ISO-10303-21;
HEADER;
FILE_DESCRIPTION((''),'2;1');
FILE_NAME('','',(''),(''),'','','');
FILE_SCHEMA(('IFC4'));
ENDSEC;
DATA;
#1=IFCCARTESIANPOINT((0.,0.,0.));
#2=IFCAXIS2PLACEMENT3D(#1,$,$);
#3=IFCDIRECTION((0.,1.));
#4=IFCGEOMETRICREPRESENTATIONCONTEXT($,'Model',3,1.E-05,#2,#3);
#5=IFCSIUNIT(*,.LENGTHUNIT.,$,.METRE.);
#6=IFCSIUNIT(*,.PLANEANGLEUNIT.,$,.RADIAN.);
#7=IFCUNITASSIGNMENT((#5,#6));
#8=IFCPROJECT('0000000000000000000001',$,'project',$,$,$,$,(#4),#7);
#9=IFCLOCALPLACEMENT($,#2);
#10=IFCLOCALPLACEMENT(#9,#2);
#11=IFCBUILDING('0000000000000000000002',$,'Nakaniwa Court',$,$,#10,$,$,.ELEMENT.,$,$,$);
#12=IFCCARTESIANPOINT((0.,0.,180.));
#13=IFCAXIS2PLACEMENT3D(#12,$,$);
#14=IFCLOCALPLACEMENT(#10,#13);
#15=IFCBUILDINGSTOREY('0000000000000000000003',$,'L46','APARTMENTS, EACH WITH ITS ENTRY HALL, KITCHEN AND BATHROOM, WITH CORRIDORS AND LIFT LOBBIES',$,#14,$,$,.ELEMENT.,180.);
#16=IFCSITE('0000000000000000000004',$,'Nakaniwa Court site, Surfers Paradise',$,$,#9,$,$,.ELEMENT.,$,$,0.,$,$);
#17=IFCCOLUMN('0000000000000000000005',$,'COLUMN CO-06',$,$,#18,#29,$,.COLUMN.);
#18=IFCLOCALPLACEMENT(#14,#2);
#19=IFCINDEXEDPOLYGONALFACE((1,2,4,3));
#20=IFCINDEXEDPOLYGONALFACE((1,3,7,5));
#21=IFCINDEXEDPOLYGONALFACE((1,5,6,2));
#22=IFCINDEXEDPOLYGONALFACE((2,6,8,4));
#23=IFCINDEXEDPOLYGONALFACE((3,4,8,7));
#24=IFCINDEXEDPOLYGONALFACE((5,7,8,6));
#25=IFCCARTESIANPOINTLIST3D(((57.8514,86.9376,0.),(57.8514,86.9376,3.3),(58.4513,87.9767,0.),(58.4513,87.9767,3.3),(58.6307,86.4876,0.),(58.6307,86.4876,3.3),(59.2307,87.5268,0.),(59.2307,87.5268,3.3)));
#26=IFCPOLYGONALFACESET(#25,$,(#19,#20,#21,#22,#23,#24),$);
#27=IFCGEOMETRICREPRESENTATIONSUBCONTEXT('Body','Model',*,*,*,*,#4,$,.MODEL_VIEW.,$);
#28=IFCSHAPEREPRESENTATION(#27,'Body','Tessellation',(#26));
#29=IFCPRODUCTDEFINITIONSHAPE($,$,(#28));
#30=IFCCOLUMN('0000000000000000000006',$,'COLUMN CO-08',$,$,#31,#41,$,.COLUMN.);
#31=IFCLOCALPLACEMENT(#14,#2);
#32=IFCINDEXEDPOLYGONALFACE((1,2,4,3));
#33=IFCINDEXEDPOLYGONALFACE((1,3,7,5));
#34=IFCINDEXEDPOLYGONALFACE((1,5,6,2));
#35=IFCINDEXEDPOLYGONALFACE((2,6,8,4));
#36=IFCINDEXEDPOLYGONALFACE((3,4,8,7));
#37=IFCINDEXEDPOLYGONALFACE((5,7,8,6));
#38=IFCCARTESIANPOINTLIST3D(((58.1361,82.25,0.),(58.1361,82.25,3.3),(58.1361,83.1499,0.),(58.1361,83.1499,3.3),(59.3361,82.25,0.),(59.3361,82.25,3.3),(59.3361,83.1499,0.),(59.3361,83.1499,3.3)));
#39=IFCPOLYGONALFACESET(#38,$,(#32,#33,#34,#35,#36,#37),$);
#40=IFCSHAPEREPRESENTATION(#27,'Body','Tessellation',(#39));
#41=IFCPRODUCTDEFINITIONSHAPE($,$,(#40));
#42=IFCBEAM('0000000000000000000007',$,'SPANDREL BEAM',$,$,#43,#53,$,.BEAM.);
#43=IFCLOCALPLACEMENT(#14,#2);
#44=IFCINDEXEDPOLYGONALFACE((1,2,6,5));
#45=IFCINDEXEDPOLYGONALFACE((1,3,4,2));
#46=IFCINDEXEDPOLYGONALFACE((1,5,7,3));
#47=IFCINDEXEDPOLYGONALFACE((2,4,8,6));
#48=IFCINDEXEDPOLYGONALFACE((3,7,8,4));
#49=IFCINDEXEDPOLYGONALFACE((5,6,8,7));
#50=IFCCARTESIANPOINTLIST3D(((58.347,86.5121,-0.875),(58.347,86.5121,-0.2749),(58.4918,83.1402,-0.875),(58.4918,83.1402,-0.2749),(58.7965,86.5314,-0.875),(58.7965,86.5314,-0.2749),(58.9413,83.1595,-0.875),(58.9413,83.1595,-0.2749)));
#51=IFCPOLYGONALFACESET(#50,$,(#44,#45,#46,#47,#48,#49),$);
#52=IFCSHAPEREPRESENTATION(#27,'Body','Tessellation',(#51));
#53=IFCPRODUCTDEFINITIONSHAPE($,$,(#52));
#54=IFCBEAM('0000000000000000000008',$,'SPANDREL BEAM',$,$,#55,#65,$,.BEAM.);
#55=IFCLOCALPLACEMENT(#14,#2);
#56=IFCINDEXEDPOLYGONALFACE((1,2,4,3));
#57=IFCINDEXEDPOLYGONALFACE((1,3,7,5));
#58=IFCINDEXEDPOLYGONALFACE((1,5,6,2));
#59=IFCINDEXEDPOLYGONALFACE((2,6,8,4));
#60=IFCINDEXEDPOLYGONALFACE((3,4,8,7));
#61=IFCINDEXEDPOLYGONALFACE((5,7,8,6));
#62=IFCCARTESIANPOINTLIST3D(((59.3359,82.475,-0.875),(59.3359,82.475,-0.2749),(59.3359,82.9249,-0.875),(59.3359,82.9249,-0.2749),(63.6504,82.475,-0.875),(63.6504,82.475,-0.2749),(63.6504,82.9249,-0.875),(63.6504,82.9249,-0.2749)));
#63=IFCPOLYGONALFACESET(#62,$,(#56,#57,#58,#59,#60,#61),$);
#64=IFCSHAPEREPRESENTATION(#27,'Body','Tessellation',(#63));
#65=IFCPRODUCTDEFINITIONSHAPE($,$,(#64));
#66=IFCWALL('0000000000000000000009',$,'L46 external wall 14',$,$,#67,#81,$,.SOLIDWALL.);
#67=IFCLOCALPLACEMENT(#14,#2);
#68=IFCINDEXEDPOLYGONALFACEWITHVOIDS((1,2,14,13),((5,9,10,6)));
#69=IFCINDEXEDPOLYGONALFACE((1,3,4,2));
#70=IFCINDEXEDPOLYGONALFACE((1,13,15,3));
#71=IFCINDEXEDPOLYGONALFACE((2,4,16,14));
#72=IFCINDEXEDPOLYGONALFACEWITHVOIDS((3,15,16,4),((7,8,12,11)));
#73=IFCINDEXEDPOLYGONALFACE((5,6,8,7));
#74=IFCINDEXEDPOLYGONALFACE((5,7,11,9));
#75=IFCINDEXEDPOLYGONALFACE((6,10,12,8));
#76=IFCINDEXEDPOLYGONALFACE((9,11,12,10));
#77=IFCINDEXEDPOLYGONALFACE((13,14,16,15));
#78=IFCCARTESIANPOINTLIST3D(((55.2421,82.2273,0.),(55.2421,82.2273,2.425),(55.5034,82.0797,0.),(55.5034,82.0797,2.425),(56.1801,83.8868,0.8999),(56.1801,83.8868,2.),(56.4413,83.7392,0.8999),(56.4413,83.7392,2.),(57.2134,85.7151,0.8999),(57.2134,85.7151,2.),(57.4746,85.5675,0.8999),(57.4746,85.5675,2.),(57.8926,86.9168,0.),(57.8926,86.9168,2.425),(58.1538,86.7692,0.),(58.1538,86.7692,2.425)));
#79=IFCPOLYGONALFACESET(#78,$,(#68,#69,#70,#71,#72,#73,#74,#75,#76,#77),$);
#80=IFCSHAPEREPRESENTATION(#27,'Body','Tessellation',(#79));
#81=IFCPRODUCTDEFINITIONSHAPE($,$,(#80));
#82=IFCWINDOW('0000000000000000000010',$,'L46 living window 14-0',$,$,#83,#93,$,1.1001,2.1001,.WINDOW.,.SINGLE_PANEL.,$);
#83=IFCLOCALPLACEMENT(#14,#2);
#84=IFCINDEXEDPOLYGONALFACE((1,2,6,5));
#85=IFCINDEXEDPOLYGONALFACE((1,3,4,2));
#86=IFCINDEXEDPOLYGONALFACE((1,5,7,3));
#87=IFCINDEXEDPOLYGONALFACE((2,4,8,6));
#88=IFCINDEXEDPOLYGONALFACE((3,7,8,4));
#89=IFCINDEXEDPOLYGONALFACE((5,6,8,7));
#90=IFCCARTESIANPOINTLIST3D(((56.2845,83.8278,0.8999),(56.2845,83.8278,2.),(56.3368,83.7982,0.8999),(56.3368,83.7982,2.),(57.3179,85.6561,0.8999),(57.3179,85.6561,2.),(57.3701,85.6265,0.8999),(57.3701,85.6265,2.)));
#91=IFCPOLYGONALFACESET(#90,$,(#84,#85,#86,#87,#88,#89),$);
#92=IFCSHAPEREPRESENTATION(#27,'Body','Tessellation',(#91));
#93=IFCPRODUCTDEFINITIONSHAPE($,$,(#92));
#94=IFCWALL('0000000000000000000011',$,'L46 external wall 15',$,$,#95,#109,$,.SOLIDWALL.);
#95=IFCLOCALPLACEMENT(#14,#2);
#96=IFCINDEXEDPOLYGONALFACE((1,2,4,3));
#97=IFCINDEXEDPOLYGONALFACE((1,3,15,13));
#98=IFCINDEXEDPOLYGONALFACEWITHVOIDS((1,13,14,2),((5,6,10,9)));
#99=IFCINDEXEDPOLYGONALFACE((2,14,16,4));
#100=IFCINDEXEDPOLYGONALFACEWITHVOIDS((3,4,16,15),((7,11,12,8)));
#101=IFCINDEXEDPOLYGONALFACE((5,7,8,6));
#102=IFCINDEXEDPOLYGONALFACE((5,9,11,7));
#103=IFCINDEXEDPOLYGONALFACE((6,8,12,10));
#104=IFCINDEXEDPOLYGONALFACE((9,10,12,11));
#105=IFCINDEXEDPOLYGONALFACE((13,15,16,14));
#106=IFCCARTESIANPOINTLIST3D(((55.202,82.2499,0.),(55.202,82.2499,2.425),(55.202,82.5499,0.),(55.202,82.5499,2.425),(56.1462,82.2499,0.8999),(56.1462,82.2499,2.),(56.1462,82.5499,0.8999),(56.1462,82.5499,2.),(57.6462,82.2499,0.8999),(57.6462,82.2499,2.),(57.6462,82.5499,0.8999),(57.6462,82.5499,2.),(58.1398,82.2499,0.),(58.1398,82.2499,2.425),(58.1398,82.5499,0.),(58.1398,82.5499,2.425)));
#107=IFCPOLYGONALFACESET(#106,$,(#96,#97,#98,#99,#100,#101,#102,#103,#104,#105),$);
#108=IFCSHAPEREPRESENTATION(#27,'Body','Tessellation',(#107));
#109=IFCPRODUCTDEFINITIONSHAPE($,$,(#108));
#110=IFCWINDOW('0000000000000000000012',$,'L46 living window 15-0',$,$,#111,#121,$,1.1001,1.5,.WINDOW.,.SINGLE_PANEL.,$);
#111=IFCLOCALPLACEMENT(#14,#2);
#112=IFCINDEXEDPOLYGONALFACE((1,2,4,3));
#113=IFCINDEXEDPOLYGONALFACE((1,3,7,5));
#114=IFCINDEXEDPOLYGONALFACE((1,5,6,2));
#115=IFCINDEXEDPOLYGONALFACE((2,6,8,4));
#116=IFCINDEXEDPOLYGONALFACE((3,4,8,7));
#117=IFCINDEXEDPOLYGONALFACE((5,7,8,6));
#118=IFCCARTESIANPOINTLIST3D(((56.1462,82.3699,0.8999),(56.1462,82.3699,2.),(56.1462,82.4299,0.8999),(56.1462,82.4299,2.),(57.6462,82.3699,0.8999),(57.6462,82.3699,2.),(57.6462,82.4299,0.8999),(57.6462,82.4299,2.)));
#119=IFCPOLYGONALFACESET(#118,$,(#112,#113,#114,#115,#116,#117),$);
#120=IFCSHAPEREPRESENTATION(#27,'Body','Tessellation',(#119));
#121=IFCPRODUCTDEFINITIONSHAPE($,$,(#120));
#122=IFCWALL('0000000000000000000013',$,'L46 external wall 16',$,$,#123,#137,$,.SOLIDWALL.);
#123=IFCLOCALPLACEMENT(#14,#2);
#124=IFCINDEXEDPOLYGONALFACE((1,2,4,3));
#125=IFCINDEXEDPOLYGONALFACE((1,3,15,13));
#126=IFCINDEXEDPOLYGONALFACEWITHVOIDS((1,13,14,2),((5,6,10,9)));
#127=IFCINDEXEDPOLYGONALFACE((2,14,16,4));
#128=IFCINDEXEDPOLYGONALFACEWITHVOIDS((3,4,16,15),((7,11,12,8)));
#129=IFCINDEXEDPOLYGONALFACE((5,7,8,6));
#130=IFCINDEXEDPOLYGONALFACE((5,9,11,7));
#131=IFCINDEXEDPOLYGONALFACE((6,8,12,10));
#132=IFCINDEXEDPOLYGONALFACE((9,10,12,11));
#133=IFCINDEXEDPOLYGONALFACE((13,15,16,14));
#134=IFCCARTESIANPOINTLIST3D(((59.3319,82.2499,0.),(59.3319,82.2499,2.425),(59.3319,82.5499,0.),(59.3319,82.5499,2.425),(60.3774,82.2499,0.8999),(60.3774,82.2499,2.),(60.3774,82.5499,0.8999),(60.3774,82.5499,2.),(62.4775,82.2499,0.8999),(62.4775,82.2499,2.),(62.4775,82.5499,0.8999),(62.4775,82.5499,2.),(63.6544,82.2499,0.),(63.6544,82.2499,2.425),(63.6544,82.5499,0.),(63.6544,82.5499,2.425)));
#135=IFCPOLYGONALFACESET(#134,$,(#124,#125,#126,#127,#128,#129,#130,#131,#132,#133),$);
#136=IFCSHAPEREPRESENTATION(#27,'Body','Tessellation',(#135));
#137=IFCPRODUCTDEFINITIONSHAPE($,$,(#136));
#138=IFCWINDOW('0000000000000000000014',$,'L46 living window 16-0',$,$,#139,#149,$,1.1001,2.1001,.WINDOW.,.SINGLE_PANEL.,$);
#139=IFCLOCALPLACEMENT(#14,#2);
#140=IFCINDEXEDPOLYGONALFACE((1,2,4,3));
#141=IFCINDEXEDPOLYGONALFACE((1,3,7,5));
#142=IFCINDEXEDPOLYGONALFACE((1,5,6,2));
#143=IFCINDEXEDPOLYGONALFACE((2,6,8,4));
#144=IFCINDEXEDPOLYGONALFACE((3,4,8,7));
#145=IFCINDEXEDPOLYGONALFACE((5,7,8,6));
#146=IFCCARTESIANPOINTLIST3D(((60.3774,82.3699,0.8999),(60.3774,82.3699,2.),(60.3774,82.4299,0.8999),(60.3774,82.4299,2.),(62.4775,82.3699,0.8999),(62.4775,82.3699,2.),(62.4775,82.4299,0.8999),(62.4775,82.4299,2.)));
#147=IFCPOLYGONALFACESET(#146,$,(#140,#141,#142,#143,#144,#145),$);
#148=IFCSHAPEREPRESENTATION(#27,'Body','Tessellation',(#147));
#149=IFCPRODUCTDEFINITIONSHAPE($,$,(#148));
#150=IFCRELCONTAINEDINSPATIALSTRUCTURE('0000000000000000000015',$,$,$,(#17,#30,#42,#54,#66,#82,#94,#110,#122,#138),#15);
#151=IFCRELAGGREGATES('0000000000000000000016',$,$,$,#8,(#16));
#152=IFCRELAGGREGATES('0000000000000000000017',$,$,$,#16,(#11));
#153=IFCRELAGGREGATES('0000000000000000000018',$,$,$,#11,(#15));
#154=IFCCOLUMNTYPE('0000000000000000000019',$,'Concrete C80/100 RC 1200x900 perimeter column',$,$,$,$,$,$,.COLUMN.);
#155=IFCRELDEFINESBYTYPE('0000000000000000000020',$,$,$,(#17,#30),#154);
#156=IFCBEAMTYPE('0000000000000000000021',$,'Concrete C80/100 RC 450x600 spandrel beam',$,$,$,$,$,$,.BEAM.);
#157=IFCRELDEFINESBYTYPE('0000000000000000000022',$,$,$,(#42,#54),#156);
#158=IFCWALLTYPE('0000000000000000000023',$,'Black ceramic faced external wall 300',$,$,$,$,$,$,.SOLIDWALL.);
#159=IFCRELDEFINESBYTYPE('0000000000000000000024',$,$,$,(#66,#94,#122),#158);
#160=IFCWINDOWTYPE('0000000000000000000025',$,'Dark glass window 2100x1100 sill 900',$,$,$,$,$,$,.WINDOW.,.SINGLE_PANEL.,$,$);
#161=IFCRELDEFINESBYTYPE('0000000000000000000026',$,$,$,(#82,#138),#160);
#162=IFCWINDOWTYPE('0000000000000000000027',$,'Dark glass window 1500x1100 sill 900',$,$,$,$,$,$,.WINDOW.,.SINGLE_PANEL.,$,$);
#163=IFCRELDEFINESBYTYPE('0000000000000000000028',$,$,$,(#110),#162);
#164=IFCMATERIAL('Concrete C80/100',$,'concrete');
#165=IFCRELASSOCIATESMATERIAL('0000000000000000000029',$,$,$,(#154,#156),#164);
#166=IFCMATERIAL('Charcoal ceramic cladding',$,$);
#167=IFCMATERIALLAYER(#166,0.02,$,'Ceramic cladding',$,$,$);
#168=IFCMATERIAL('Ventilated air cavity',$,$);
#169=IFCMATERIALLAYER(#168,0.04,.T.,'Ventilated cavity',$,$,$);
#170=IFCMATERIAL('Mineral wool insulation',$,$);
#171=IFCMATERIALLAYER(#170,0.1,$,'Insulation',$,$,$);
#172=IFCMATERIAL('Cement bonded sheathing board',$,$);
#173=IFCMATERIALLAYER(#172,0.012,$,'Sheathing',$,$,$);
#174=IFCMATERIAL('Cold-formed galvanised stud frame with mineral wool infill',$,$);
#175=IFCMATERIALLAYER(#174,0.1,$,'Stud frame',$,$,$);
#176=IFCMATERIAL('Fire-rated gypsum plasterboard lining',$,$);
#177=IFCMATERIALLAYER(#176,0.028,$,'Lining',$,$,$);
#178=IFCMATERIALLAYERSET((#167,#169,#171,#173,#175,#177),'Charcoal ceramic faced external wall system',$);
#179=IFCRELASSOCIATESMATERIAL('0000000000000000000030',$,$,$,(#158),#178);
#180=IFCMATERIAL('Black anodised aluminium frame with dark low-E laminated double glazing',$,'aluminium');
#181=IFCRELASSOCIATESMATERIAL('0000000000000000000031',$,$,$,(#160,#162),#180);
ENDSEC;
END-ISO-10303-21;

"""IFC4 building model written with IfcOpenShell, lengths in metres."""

from ifc_helpers import new_model, si_unit, direction, frame, frame_2d, origin, origin_2d, place, context, subcontext, project, spatial, rectangle, extrude, material, layer, layer_set, material_profile, profile_set, type_object, element, fill, save


model = new_model("IFC4")

# Units and contexts
model_context = context("Model", 3, precision=1e-05, world=origin(), true_north=direction((0.0, 1.0)))
body_context = subcontext(model_context, "Body", "Model", "MODEL_VIEW")
ifc_project = project(units=[si_unit("LENGTHUNIT", "METRE"), si_unit("PLANEANGLEUNIT", "RADIAN")], contexts=[model_context])

# Site, building, storey
site_placement = place(None, origin())
site = spatial("IfcSite", under=ifc_project, at=site_placement, Name="Nakaniwa Court site, Surfers Paradise", CompositionType="ELEMENT", RefElevation=0.0)
building_placement = place(site_placement, origin())
building = spatial("IfcBuilding", under=site, at=building_placement, Name="Nakaniwa Court", CompositionType="ELEMENT")
storey_placement = place(building_placement, frame((0.0, 0.0, 180.0)))
storey = spatial("IfcBuildingStorey", under=building, at=storey_placement, Name="L46", Description="APARTMENTS, EACH WITH ITS ENTRY HALL, KITCHEN AND BATHROOM, WITH CORRIDORS AND LIFT LOBBIES", CompositionType="ELEMENT", Elevation=180.0)

# Columns
ifc_material_1 = material(Name="Concrete C80/100", Category="concrete")
ifc_material_profile_1 = material_profile(ifc_material_1, rectangle(XDim=1.2, YDim=0.8999, at=origin_2d()), Name="Concrete C80/100 RC 1200x900 perimeter column")
ifc_profile_set_1 = profile_set([ifc_material_profile_1], Name="Concrete C80/100")
column_type = type_object("IfcColumnType", Name="Concrete C80/100 RC 1200x900 perimeter column", PredefinedType="COLUMN", material=ifc_profile_set_1)
for number, where, z_axis, x_axis, name in (
    (1, (58.541, 87.2322, 0.0), (0.0, 0.0, 1.0), (-0.5, -0.866025, 0.0), "COLUMN CO-06"),
    (2, (58.7361, 82.7, 0.0), (0.0, 0.0, 1.0), (1.0, 0.0, 0.0), "COLUMN CO-08"),
):
    element("IfcColumn", number, at=place(storey_placement, frame(where, z_axis=z_axis, x_axis=x_axis)), inside=storey, type_object=column_type, Name=name, PredefinedType="COLUMN", context=body_context, shape_type="SweptSolid", body=[
        extrude(rectangle(XDim=1.2, YDim=0.8999, at=origin_2d()), origin(), (0.0, 0.0, 1.0), 3.3),
    ])

# Beams
ifc_material_profile_2 = material_profile(ifc_material_1, rectangle(XDim=0.45, YDim=0.6001, at=origin_2d()), Name="Concrete C80/100 RC 450x600 spandrel beam")
ifc_profile_set_2 = profile_set([ifc_material_profile_2], Name="Concrete C80/100")
beam_type = type_object("IfcBeamType", Name="Concrete C80/100 RC 450x600 spandrel beam", PredefinedType="BEAM", material=ifc_profile_set_2)
beam_1_placement = place(storey_placement, frame((58.5718, 86.5217, -0.575), z_axis=(0.042897, -0.999079, 0.0), x_axis=(0.999079, 0.042897, 0.0)))
element("IfcBeam", 3, at=beam_1_placement, inside=storey, type_object=beam_type, Name="SPANDREL BEAM", PredefinedType="BEAM", context=body_context, shape_type="SweptSolid", body=[
    extrude(rectangle(XDim=0.45, YDim=0.6001, at=origin_2d()), origin(), (0.0, 0.0, 1.0), 3.375),
])
beam_2_placement = place(storey_placement, frame((59.3359, 82.7, -0.575), z_axis=(1.0, 0.0, 0.0), x_axis=(0.0, 1.0, 0.0)))
element("IfcBeam", 4, at=beam_2_placement, inside=storey, type_object=beam_type, Name="SPANDREL BEAM", PredefinedType="BEAM", context=body_context, shape_type="SweptSolid", body=[
    extrude(rectangle(XDim=0.45, YDim=0.6001, at=origin_2d()), origin(), (0.0, 0.0, 1.0), 4.3145),
])

# Walls, openings, windows
ifc_material_2 = material(Name="Charcoal ceramic cladding")
ifc_layer_1 = layer(ifc_material_2, 0.02, Name="Ceramic cladding")
ifc_material_3 = material(Name="Ventilated air cavity")
ifc_layer_2 = layer(ifc_material_3, 0.04, ventilated=True, Name="Ventilated cavity")
ifc_material_4 = material(Name="Mineral wool insulation")
ifc_layer_3 = layer(ifc_material_4, 0.1, Name="Insulation")
ifc_material_5 = material(Name="Cement bonded sheathing board")
ifc_layer_4 = layer(ifc_material_5, 0.012, Name="Sheathing")
ifc_material_6 = material(Name="Cold-formed galvanised stud frame with mineral wool infill")
ifc_layer_5 = layer(ifc_material_6, 0.1, Name="Stud frame")
ifc_material_7 = material(Name="Fire-rated gypsum plasterboard lining")
ifc_layer_6 = layer(ifc_material_7, 0.028, Name="Lining")
ifc_layer_set = layer_set([ifc_layer_1, ifc_layer_2, ifc_layer_3, ifc_layer_4, ifc_layer_5, ifc_layer_6], Name="Charcoal ceramic faced external wall system")
wall_type = type_object("IfcWallType", Name="Black ceramic faced external wall 300", PredefinedType="SOLIDWALL", material=ifc_layer_set)
wall_1_placement = place(storey_placement, frame((58.0232, 86.843, 0.0), z_axis=(0.0, 0.0, 1.0), x_axis=(-0.492033, -0.870576, 0.0)))
wall_1 = element("IfcWall", 5, at=wall_1_placement, inside=storey, type_object=wall_type, Name="L46 external wall 14", PredefinedType="SOLIDWALL", context=body_context, shape_type="SweptSolid", body=[
    extrude(rectangle(XDim=5.3867, YDim=0.3, at=frame_2d((2.6934, 0.0))), origin(), (0.0, 0.0, 1.0), 2.425),
])
opening_1_placement = place(wall_1_placement, frame((1.3804, 0.0, 0.8999)))
opening_1 = element("IfcOpeningElement", 6, at=opening_1_placement, cuts=wall_1, PredefinedType="OPENING", context=body_context, shape_type="SweptSolid", body=[
    extrude(rectangle(XDim=2.1001, YDim=1.1001, at=frame_2d((1.05, 0.55))), frame((0.0, 0.1599, 0.0), z_axis=(0.0, -1.0, 0.0), x_axis=(1.0, 0.0, 0.0)), (0.0, 0.0, 1.0), 0.3201),
])
ifc_material_8 = material(Name="Black anodised aluminium frame with dark low-E laminated double glazing", Category="aluminium")
window_type_1 = type_object("IfcWindowType", Name="Dark glass window 2100x1100 sill 900", PartitioningType="SINGLE_PANEL", PredefinedType="WINDOW", material=ifc_material_8)
window_1_placement = place(opening_1_placement, origin())
window_1 = element("IfcWindow", 7, at=window_1_placement, inside=storey, type_object=window_type_1, Name="L46 living window 14-0", OverallHeight=1.1001, OverallWidth=2.1001, PartitioningType="SINGLE_PANEL", PredefinedType="WINDOW", context=body_context, shape_type="SweptSolid", body=[
    extrude(rectangle(XDim=2.1001, YDim=1.1001, at=frame_2d((1.05, 0.55))), frame((0.0, 0.03, 0.0), z_axis=(0.0, -1.0, 0.0), x_axis=(1.0, 0.0, 0.0)), (0.0, 0.0, 1.0), 0.0601),
])
fill(opening_1, window_1)
wall_2_placement = place(storey_placement, frame((55.2021, 82.3999, 0.0), z_axis=(0.0, 0.0, 1.0), x_axis=(1.0, 0.0, 0.0)))
wall_2 = element("IfcWall", 8, at=wall_2_placement, inside=storey, type_object=wall_type, Name="L46 external wall 15", PredefinedType="SOLIDWALL", context=body_context, shape_type="SweptSolid", body=[
    extrude(rectangle(XDim=2.9377, YDim=0.3, at=frame_2d((1.4688, 0.0))), origin(), (0.0, 0.0, 1.0), 2.425),
])
opening_2_placement = place(wall_2_placement, frame((0.9441, 0.0, 0.8999)))
opening_2 = element("IfcOpeningElement", 9, at=opening_2_placement, cuts=wall_2, PredefinedType="OPENING", context=body_context, shape_type="SweptSolid", body=[
    extrude(rectangle(XDim=1.5, YDim=1.1001, at=frame_2d((0.75, 0.55))), frame((0.0, 0.1599, 0.0), z_axis=(0.0, -1.0, 0.0), x_axis=(1.0, 0.0, 0.0)), (0.0, 0.0, 1.0), 0.3201),
])
window_type_2 = type_object("IfcWindowType", Name="Dark glass window 1500x1100 sill 900", PartitioningType="SINGLE_PANEL", PredefinedType="WINDOW", material=ifc_material_8)
window_2_placement = place(opening_2_placement, origin())
window_2 = element("IfcWindow", 10, at=window_2_placement, inside=storey, type_object=window_type_2, Name="L46 living window 15-0", OverallHeight=1.1001, OverallWidth=1.5, PartitioningType="SINGLE_PANEL", PredefinedType="WINDOW", context=body_context, shape_type="SweptSolid", body=[
    extrude(rectangle(XDim=1.5, YDim=1.1001, at=frame_2d((0.75, 0.55))), frame((0.0, 0.03, 0.0), z_axis=(0.0, -1.0, 0.0), x_axis=(1.0, 0.0, 0.0)), (0.0, 0.0, 1.0), 0.0601),
])
fill(opening_2, window_2)
wall_3_placement = place(storey_placement, frame((59.332, 82.3999, 0.0), z_axis=(0.0, 0.0, 1.0), x_axis=(1.0, 0.0, 0.0)))
wall_3 = element("IfcWall", 11, at=wall_3_placement, inside=storey, type_object=wall_type, Name="L46 external wall 16", PredefinedType="SOLIDWALL", context=body_context, shape_type="SweptSolid", body=[
    extrude(rectangle(XDim=4.3225, YDim=0.3, at=frame_2d((2.1611, 0.0))), origin(), (0.0, 0.0, 1.0), 2.425),
])
opening_3_placement = place(wall_3_placement, frame((1.0454, 0.0, 0.8999)))
opening_3 = element("IfcOpeningElement", 12, at=opening_3_placement, cuts=wall_3, PredefinedType="OPENING", context=body_context, shape_type="SweptSolid", body=[
    extrude(rectangle(XDim=2.1001, YDim=1.1001, at=frame_2d((1.05, 0.55))), frame((0.0, 0.1599, 0.0), z_axis=(0.0, -1.0, 0.0), x_axis=(1.0, 0.0, 0.0)), (0.0, 0.0, 1.0), 0.3201),
])
window_3_placement = place(opening_3_placement, origin())
window_3 = element("IfcWindow", 13, at=window_3_placement, inside=storey, type_object=window_type_1, Name="L46 living window 16-0", OverallHeight=1.1001, OverallWidth=2.1001, PartitioningType="SINGLE_PANEL", PredefinedType="WINDOW", context=body_context, shape_type="SweptSolid", body=[
    extrude(rectangle(XDim=2.1001, YDim=1.1001, at=frame_2d((1.05, 0.55))), frame((0.0, 0.03, 0.0), z_axis=(0.0, -1.0, 0.0), x_axis=(1.0, 0.0, 0.0)), (0.0, 0.0, 1.0), 0.0601),
])
fill(opening_3, window_3)

save(model, "model.ifc")
